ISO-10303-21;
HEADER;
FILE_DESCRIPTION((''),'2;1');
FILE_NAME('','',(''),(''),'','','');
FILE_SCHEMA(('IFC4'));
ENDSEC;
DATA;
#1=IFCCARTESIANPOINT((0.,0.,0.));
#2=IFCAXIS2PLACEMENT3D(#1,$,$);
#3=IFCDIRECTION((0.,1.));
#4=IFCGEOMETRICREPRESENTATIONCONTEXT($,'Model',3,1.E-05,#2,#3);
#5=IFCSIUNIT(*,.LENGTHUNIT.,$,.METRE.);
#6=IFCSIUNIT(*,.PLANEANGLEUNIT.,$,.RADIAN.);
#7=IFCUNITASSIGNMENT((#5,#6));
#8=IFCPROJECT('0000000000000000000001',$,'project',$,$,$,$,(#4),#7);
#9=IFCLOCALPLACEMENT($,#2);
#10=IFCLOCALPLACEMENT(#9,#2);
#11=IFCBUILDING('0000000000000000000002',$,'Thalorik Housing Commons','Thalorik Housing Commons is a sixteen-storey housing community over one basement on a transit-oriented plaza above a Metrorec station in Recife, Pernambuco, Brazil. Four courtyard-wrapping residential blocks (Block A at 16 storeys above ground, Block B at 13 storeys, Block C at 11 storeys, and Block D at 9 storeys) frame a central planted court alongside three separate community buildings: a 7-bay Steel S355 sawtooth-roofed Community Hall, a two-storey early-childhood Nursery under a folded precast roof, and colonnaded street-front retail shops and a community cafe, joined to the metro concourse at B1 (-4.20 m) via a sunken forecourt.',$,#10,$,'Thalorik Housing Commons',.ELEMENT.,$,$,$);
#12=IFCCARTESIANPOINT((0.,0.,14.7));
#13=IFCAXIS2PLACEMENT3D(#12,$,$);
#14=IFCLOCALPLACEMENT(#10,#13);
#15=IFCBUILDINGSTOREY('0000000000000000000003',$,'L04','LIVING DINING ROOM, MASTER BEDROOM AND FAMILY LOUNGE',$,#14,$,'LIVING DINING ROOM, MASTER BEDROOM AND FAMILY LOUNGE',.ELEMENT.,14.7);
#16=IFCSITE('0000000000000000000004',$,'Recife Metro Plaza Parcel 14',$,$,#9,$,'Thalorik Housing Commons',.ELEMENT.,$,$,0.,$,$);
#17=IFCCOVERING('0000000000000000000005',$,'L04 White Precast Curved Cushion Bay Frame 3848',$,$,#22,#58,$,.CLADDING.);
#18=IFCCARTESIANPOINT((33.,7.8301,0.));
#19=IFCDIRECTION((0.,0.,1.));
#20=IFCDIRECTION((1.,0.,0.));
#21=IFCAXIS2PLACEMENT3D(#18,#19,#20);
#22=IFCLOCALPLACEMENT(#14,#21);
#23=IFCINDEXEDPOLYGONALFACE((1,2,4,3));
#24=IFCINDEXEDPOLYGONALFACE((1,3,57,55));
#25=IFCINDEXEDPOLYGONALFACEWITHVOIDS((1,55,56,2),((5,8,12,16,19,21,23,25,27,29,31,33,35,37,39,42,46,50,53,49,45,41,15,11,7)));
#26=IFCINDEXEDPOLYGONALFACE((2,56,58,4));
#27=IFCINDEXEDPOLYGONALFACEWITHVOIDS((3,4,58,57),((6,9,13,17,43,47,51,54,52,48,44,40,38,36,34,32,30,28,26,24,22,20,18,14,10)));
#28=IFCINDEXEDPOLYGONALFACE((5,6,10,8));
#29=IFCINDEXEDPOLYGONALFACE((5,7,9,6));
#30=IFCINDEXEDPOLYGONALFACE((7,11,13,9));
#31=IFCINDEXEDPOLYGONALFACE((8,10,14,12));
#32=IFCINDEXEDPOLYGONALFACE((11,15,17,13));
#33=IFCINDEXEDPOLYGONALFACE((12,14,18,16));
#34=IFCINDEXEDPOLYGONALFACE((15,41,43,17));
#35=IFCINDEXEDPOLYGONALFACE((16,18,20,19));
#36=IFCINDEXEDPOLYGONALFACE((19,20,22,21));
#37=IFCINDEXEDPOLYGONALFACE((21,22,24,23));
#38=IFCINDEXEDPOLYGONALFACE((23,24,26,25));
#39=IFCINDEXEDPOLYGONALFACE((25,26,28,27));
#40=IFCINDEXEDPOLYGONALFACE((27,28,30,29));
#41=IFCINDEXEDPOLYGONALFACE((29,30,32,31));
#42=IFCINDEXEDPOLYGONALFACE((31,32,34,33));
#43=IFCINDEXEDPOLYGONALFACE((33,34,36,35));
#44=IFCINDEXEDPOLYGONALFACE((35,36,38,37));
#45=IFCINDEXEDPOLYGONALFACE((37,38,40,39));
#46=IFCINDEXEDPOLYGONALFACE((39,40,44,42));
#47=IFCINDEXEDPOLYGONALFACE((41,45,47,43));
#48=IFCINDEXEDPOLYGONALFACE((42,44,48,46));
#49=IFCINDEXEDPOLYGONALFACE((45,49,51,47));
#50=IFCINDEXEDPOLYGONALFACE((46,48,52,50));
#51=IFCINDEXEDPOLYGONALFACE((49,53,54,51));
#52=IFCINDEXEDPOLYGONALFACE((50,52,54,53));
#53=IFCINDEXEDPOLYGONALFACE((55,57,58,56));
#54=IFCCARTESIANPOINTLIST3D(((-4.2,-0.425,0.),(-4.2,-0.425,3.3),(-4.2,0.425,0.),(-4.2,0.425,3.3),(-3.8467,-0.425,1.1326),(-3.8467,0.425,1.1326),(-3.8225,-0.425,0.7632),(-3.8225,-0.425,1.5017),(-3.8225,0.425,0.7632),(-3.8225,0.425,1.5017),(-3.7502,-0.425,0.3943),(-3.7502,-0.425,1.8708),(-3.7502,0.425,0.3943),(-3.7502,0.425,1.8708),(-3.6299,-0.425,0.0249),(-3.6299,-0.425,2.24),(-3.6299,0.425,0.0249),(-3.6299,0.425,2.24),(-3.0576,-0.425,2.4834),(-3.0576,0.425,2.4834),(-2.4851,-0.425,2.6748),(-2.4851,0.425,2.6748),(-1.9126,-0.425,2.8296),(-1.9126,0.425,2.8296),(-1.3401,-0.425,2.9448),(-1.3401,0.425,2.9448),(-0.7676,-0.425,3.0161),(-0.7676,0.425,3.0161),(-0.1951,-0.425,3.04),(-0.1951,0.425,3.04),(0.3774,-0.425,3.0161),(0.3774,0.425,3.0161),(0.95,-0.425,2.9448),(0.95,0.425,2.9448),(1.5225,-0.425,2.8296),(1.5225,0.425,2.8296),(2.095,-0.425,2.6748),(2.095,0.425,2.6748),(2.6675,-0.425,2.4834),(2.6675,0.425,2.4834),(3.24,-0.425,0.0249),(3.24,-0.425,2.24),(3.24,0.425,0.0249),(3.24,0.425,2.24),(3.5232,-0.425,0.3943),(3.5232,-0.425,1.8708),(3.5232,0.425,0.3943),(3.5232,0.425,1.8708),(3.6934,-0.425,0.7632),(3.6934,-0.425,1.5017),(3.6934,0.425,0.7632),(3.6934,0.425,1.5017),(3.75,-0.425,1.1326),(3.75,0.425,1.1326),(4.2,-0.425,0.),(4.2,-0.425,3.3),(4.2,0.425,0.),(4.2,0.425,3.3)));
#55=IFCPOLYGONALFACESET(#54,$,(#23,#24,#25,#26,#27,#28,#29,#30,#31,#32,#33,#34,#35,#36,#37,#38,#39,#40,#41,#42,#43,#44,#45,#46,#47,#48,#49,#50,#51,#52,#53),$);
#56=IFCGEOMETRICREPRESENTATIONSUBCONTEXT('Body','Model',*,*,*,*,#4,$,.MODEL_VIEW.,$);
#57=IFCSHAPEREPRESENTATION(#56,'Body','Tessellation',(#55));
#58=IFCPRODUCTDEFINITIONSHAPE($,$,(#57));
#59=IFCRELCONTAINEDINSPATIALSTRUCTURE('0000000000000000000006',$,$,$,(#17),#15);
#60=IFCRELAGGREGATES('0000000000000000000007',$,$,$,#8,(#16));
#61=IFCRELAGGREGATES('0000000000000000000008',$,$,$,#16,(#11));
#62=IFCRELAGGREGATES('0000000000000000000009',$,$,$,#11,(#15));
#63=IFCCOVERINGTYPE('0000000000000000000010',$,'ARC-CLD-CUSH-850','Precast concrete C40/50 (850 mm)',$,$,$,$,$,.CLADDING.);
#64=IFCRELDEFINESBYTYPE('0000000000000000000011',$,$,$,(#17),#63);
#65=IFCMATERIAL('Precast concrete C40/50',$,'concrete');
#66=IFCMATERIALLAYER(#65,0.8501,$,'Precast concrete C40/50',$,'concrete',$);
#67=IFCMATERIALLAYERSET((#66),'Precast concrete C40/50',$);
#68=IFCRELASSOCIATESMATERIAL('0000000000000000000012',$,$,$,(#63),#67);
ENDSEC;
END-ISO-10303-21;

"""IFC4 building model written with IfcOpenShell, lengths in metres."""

from ifc_helpers import new_model, si_unit, direction, frame, origin, place, context, subcontext, project, spatial, polyline, outline, extrude, material, layer, layer_set, type_object, element, save


model = new_model("IFC4")

# Units and contexts
model_context = context("Model", 3, precision=1e-05, world=origin(), true_north=direction((0.0, 1.0)))
body_context = subcontext(model_context, "Body", "Model", "MODEL_VIEW")
ifc_project = project(units=[si_unit("LENGTHUNIT", "METRE"), si_unit("PLANEANGLEUNIT", "RADIAN")], contexts=[model_context])

# Site, building, storey
site_placement = place(None, origin())
site = spatial("IfcSite", under=ifc_project, at=site_placement, Name="Recife Metro Plaza Parcel 14", LongName="Thalorik Housing Commons", CompositionType="ELEMENT", RefElevation=0.0)
building_placement = place(site_placement, origin())
building = spatial("IfcBuilding", under=site, at=building_placement, Name="Thalorik Housing Commons", Description="Thalorik Housing Commons is a sixteen-storey housing community over one basement on a transit-oriented plaza above a Metrorec station in Recife, Pernambuco, Brazil. Four courtyard-wrapping residential blocks (Block A at 16 storeys above ground, Block B at 13 storeys, Block C at 11 storeys, and Block D at 9 storeys) frame a central planted court alongside three separate community buildings: a 7-bay Steel S355 sawtooth-roofed Community Hall, a two-storey early-childhood Nursery under a folded precast roof, and colonnaded street-front retail shops and a community cafe, joined to the metro concourse at B1 (-4.20 m) via a sunken forecourt.", LongName="Thalorik Housing Commons", CompositionType="ELEMENT")
storey_placement = place(building_placement, frame((0.0, 0.0, 14.7)))
storey = spatial("IfcBuildingStorey", under=building, at=storey_placement, Name="L04", Description="LIVING DINING ROOM, MASTER BEDROOM AND FAMILY LOUNGE", LongName="LIVING DINING ROOM, MASTER BEDROOM AND FAMILY LOUNGE", CompositionType="ELEMENT", Elevation=14.7)

# Shared definitions
ifc_material_1 = material(Name="Precast concrete C40/50", Category="concrete")

# Covering
ifc_layer_1 = layer(ifc_material_1, 0.8501, Name="Precast concrete C40/50", Category="concrete")
ifc_layer_set_1 = layer_set([ifc_layer_1], Name="Precast concrete C40/50")
covering_type_1 = type_object("IfcCoveringType", Name="ARC-CLD-CUSH-850", Description="Precast concrete C40/50 (850 mm)", PredefinedType="CLADDING", material=ifc_layer_set_1)
covering_1_placement = place(storey_placement, frame((33.0, 7.8301, 0.0), z_axis=(0.0, 0.0, 1.0), x_axis=(1.0, 0.0, 0.0)))
element("IfcCovering", 1, at=covering_1_placement, inside=storey, type_object=covering_type_1, Name="L04 White Precast Curved Cushion Bay Frame 3848", PredefinedType="CLADDING", context=body_context, shape_type="SweptSolid", body=[
    extrude(outline(polyline([(-4.2, 0.0), (4.2, 0.0), (4.2, 3.3), (-4.2, 3.3), (-4.2, 0.0)]), holes=[polyline([(3.24, 0.0249), (3.5232, 0.3943), (3.6934, 0.7632), (3.75, 1.1326), (3.6934, 1.5017), (3.5232, 1.8708), (3.24, 2.24), (2.6675, 2.4834), (2.095, 2.6748), (1.5225, 2.8296), (0.95, 2.9448), (0.3774, 3.0161), (-0.1951, 3.04), (-0.7676, 3.0161), (-1.3401, 2.9448), (-1.9126, 2.8296), (-2.4851, 2.6748), (-3.0576, 2.4834), (-3.6299, 2.24), (-3.7502, 1.8708), (-3.8225, 1.5017), (-3.8467, 1.1326), (-3.8225, 0.7632), (-3.7502, 0.3943), (-3.6299, 0.0249), (3.24, 0.0249)])]), frame((0.0, 0.425, 0.0), z_axis=(0.0, -1.0, 0.0), x_axis=(1.0, 0.0, 0.0)), (0.0, 0.0, 1.0), 0.8501),
])

save(model, "model.ifc")
